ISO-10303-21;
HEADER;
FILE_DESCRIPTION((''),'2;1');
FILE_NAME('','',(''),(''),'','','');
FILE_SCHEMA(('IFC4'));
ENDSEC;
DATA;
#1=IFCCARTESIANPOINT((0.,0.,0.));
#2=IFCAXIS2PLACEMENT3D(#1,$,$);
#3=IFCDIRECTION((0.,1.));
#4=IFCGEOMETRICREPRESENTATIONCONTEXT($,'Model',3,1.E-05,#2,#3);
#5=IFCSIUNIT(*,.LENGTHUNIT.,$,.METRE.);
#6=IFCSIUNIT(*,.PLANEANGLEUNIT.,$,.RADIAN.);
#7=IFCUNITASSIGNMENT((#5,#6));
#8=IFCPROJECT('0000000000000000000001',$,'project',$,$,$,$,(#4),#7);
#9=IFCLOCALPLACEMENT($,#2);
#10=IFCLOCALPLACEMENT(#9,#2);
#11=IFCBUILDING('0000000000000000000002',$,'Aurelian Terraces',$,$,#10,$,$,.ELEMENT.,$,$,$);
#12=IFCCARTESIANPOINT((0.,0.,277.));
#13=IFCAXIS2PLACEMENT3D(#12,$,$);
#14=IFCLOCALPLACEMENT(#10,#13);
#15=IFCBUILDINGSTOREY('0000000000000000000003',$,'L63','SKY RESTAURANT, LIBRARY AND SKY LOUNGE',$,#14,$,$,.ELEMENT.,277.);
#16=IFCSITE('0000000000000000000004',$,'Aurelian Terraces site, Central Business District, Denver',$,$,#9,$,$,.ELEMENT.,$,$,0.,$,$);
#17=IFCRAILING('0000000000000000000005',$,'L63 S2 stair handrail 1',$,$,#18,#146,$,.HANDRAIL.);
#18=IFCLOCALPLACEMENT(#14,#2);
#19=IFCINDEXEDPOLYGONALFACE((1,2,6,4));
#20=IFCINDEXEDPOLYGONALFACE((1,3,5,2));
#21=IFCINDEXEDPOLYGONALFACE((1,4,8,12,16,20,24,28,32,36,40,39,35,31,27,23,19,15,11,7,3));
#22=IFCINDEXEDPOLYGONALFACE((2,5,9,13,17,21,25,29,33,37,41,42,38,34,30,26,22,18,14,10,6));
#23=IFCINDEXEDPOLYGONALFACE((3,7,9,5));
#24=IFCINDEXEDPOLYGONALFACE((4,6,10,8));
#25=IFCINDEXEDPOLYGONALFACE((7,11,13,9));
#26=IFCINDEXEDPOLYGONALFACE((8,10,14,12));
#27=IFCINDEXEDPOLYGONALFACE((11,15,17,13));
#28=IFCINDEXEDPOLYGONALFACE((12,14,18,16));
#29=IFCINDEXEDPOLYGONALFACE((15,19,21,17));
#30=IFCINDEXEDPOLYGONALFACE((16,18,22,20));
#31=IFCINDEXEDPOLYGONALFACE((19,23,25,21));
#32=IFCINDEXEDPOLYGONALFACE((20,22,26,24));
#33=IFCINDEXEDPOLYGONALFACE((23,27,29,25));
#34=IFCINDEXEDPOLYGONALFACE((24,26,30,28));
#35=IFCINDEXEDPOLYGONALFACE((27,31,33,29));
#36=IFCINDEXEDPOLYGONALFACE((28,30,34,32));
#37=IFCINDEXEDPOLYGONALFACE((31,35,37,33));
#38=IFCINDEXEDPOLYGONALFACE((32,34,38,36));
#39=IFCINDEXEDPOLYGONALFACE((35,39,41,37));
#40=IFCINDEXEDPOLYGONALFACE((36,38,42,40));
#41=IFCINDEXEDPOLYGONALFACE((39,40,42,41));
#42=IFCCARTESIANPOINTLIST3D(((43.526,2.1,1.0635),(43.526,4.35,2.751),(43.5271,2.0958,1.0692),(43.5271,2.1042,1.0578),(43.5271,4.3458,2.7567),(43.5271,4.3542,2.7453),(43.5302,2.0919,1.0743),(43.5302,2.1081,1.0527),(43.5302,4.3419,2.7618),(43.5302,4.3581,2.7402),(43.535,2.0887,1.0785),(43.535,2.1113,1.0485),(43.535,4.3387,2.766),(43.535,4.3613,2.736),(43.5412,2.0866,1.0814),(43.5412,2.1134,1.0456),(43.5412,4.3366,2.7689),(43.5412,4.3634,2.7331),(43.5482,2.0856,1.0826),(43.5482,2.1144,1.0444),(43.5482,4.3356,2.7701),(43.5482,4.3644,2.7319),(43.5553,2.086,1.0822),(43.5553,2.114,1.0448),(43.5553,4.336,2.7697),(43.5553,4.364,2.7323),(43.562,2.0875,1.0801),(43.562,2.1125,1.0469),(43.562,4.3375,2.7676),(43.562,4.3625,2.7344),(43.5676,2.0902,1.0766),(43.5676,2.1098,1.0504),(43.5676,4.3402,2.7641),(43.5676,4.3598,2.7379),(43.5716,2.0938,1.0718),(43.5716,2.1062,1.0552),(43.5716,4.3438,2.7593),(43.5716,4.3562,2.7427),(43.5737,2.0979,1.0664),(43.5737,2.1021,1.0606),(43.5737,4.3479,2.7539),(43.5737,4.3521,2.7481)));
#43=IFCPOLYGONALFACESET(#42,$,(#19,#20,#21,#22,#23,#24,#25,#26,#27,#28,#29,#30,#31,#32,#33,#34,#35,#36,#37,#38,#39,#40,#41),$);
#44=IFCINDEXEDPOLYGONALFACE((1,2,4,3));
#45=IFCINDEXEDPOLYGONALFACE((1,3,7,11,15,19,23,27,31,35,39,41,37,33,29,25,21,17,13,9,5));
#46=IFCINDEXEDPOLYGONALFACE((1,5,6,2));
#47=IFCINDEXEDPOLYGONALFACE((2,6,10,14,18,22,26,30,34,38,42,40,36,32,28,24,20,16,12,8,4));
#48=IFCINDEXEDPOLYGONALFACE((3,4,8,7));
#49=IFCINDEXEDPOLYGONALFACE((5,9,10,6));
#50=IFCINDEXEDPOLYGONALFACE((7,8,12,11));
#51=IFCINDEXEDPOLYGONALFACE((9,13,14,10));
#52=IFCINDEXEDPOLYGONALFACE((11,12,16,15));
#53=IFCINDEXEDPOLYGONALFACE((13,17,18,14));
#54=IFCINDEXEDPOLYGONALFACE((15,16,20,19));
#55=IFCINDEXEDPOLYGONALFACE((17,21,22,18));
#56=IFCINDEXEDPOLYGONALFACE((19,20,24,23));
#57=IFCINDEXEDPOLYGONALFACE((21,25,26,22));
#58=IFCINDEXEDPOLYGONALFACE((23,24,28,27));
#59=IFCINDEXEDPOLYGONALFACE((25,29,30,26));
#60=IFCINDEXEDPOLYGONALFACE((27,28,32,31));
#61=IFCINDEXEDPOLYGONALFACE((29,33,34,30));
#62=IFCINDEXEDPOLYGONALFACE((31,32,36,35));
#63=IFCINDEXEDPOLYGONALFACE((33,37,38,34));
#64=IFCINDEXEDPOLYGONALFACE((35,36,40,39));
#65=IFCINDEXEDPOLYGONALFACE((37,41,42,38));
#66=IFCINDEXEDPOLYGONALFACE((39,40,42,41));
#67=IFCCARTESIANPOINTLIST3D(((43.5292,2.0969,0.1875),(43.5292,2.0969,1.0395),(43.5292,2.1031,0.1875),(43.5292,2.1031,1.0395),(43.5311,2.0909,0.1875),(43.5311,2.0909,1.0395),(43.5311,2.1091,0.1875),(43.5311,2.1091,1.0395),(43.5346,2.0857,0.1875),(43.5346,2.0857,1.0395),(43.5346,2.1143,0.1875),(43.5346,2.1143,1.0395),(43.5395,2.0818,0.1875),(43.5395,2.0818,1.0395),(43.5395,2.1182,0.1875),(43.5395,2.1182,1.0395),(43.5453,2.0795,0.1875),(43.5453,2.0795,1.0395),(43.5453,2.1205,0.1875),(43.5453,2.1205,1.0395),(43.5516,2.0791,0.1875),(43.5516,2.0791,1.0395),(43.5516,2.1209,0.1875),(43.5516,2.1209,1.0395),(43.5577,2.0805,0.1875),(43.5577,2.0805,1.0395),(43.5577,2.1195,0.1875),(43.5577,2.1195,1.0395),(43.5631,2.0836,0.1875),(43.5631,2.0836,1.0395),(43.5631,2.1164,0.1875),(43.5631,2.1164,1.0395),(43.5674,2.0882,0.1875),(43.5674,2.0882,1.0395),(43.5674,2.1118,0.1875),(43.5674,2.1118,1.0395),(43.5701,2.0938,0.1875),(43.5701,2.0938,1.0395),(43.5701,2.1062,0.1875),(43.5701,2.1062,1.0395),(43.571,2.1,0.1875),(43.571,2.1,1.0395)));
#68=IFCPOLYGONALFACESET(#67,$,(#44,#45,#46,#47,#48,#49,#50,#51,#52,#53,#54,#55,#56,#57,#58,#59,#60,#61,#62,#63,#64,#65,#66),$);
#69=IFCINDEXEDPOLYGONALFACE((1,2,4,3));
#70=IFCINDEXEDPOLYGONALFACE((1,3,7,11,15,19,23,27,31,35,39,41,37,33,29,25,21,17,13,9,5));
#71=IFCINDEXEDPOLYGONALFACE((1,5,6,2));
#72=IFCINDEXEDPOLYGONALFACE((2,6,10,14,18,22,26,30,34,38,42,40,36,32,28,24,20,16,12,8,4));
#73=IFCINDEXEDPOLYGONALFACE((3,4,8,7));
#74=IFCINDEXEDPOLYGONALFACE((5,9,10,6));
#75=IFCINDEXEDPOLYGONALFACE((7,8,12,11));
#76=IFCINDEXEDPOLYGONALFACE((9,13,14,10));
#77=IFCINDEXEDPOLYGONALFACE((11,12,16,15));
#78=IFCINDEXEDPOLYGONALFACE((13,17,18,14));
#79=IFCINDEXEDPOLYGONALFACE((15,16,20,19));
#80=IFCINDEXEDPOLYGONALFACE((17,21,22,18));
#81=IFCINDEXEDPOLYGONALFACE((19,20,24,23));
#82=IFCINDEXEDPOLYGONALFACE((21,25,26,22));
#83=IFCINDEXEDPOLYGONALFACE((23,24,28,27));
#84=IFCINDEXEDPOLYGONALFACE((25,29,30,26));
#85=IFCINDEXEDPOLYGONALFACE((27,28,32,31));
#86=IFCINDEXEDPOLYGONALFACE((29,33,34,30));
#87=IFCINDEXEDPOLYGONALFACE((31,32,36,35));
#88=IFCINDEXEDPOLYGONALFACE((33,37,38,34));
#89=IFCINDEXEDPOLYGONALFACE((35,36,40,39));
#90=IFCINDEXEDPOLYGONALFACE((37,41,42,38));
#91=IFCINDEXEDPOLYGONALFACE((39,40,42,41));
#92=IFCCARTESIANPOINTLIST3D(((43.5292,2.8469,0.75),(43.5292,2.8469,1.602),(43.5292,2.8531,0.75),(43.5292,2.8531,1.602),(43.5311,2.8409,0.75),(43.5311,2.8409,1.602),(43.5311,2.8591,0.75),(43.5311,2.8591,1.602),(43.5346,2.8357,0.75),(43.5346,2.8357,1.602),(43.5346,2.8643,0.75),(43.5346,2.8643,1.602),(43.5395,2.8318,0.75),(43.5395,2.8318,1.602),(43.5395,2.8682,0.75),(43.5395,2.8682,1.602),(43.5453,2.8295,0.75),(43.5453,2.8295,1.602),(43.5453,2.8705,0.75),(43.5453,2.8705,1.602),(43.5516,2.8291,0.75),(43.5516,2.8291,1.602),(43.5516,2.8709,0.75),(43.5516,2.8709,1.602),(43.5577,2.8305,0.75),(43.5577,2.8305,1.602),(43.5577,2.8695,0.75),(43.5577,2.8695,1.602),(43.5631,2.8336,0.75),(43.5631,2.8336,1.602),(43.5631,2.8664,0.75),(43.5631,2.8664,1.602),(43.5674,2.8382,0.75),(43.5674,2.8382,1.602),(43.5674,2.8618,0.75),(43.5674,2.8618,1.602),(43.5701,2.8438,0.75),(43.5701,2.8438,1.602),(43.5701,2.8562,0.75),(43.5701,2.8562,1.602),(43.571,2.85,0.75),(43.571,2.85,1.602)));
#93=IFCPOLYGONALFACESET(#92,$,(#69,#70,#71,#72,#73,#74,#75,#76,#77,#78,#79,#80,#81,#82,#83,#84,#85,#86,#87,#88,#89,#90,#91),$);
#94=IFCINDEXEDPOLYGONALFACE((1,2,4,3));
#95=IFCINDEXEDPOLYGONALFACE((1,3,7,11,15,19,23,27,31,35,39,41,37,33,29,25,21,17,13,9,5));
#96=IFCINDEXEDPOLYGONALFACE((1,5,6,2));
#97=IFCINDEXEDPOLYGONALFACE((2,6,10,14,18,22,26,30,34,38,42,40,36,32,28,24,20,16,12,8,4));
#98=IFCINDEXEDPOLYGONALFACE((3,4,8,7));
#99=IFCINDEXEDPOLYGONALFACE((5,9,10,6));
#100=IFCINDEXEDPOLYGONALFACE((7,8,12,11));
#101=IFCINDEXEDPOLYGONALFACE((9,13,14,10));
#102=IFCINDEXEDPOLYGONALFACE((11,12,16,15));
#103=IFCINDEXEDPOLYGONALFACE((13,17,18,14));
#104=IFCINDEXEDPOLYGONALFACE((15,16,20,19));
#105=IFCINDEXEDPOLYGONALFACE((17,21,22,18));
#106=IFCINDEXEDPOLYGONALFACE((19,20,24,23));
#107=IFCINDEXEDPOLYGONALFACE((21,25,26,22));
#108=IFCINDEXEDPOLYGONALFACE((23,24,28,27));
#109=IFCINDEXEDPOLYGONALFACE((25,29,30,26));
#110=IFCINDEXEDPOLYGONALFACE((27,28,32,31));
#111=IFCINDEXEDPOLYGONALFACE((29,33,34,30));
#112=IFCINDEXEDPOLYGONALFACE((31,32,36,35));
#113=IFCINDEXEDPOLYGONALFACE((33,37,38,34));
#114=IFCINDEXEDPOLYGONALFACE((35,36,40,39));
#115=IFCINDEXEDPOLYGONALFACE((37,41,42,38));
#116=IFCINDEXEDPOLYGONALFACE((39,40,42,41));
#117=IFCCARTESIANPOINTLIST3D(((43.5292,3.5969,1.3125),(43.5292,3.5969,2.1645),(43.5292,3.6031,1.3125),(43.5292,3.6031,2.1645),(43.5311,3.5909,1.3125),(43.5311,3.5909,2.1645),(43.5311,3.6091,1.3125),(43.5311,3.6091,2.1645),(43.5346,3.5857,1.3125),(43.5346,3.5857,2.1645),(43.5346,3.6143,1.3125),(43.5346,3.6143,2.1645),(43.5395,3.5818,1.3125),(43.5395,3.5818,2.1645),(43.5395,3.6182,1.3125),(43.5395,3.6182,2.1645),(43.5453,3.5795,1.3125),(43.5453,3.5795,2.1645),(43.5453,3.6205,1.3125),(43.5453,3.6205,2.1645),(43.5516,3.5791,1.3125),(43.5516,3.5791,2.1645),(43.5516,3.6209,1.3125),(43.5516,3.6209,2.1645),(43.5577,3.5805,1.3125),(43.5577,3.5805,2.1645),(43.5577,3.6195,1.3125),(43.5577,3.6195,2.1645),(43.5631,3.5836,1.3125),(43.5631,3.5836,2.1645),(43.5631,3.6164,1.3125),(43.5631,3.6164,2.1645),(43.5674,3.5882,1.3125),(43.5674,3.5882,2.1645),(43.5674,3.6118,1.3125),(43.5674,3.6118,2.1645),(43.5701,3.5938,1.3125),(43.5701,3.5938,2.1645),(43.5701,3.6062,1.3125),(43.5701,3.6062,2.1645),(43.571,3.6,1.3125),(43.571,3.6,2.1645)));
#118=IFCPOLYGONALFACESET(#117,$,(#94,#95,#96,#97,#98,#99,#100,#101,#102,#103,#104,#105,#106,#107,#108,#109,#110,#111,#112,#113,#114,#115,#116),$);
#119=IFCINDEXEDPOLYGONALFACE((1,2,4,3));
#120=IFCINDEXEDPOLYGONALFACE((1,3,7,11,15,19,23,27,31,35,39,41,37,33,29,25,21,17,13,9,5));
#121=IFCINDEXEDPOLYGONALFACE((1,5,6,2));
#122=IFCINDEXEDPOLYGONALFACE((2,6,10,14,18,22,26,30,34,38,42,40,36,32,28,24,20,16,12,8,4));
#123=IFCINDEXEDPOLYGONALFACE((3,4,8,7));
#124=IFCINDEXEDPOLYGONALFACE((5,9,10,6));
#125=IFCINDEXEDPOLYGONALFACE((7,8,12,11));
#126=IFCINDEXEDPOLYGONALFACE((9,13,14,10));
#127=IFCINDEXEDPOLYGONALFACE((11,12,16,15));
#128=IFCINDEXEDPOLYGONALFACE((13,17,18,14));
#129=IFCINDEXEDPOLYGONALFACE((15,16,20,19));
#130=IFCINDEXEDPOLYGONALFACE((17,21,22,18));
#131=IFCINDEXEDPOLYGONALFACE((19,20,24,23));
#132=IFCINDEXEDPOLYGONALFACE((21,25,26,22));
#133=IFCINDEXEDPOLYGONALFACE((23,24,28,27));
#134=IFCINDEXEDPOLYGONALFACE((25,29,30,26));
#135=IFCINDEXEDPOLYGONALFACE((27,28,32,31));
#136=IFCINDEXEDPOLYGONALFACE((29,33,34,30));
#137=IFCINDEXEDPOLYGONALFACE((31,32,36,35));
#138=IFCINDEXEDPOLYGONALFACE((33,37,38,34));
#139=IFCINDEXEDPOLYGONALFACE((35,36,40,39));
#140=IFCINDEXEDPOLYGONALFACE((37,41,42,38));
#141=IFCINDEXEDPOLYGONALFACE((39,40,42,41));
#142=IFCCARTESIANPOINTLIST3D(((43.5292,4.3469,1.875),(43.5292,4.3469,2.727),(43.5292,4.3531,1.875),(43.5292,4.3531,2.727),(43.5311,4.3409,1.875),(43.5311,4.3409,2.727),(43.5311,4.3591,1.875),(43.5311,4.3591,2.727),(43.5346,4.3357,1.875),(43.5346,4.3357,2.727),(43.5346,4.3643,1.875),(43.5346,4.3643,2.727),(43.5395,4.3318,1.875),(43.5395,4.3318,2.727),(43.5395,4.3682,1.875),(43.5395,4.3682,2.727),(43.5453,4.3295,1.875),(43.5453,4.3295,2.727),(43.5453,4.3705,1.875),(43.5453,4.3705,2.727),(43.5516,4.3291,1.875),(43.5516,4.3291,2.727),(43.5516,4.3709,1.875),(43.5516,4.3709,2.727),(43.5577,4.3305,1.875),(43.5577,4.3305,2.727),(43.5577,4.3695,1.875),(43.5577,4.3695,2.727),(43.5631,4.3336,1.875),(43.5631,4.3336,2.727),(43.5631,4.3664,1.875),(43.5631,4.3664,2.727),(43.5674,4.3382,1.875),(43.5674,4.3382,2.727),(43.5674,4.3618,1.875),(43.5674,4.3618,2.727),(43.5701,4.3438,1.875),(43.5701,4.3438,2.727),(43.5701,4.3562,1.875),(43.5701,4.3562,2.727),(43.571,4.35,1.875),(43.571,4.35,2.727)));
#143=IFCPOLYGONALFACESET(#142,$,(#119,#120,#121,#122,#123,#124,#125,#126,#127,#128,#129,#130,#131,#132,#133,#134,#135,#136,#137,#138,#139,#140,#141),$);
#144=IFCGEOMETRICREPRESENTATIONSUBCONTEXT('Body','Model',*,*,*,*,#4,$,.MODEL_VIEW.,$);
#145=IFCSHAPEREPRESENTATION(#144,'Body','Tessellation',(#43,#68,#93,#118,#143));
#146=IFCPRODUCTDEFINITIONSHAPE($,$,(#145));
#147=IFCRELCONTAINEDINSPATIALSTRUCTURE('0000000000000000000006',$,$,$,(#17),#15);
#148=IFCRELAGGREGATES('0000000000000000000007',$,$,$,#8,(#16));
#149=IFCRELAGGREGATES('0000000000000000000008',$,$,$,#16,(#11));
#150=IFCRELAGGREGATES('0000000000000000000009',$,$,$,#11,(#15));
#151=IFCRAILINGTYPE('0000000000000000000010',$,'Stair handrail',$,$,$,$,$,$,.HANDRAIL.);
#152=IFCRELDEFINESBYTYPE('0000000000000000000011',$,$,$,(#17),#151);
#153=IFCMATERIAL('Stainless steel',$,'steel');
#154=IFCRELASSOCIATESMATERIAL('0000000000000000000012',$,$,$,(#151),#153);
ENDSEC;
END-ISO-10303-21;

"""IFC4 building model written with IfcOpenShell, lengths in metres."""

from ifc_helpers import new_model, si_unit, direction, frame, origin, origin_2d, place, context, subcontext, project, spatial, circle, extrude, source, transform, mapped, material, type_object, element, save


model = new_model("IFC4")

# Units and contexts
model_context = context("Model", 3, precision=1e-05, world=origin(), true_north=direction((0.0, 1.0)))
body_context = subcontext(model_context, "Body", "Model", "MODEL_VIEW")
ifc_project = project(units=[si_unit("LENGTHUNIT", "METRE"), si_unit("PLANEANGLEUNIT", "RADIAN")], contexts=[model_context])

# Site, building, storey
site_placement = place(None, origin())
site = spatial("IfcSite", under=ifc_project, at=site_placement, Name="Aurelian Terraces site, Central Business District, Denver", CompositionType="ELEMENT", RefElevation=0.0)
building_placement = place(site_placement, origin())
building = spatial("IfcBuilding", under=site, at=building_placement, Name="Aurelian Terraces", CompositionType="ELEMENT")
storey_placement = place(building_placement, frame((0.0, 0.0, 277.0)))
storey = spatial("IfcBuildingStorey", under=building, at=storey_placement, Name="L63", Description="SKY RESTAURANT, LIBRARY AND SKY LOUNGE", CompositionType="ELEMENT", Elevation=277.0)

# Railing
ifc_material_1 = material(Name="Stainless steel", Category="steel")
railing_type_1 = type_object("IfcRailingType", Name="Stair handrail", PredefinedType="HANDRAIL", material=ifc_material_1)
shared_shape_1 = source(origin(), body_context, "Body", "SweptSolid", [
    extrude(circle(Radius=0.024, at=origin_2d()), frame((0.0, 0.0, 0.876), z_axis=(0.0, 0.8, 0.6), x_axis=(-1.0, 0.0, 0.0)), (0.0, 0.0, 1.0), 2.8125),
    extrude(circle(Radius=0.021, at=origin_2d()), origin(), (0.0, 0.0, 1.0), 0.852),
    extrude(circle(Radius=0.021, at=origin_2d()), frame((0.0, 0.75, 0.5625)), (0.0, 0.0, 1.0), 0.852),
    extrude(circle(Radius=0.021, at=origin_2d()), frame((0.0, 1.5, 1.125)), (0.0, 0.0, 1.0), 0.852),
    extrude(circle(Radius=0.021, at=origin_2d()), frame((0.0, 2.25, 1.6875)), (0.0, 0.0, 1.0), 0.852),
])
for number, where, name in (
    (1, (43.55, 2.1, 0.1875), "L63 S2 stair handrail 1"),
):
    element("IfcRailing", number, at=place(storey_placement, frame(where)), inside=storey, type_object=railing_type_1, Name=name, PredefinedType="HANDRAIL", context=body_context, shape_type="MappedRepresentation", body=[
        mapped(shared_shape_1, transform((0.0, 0.0, 0.0), scale=1.0)),
    ])

save(model, "model.ifc")
